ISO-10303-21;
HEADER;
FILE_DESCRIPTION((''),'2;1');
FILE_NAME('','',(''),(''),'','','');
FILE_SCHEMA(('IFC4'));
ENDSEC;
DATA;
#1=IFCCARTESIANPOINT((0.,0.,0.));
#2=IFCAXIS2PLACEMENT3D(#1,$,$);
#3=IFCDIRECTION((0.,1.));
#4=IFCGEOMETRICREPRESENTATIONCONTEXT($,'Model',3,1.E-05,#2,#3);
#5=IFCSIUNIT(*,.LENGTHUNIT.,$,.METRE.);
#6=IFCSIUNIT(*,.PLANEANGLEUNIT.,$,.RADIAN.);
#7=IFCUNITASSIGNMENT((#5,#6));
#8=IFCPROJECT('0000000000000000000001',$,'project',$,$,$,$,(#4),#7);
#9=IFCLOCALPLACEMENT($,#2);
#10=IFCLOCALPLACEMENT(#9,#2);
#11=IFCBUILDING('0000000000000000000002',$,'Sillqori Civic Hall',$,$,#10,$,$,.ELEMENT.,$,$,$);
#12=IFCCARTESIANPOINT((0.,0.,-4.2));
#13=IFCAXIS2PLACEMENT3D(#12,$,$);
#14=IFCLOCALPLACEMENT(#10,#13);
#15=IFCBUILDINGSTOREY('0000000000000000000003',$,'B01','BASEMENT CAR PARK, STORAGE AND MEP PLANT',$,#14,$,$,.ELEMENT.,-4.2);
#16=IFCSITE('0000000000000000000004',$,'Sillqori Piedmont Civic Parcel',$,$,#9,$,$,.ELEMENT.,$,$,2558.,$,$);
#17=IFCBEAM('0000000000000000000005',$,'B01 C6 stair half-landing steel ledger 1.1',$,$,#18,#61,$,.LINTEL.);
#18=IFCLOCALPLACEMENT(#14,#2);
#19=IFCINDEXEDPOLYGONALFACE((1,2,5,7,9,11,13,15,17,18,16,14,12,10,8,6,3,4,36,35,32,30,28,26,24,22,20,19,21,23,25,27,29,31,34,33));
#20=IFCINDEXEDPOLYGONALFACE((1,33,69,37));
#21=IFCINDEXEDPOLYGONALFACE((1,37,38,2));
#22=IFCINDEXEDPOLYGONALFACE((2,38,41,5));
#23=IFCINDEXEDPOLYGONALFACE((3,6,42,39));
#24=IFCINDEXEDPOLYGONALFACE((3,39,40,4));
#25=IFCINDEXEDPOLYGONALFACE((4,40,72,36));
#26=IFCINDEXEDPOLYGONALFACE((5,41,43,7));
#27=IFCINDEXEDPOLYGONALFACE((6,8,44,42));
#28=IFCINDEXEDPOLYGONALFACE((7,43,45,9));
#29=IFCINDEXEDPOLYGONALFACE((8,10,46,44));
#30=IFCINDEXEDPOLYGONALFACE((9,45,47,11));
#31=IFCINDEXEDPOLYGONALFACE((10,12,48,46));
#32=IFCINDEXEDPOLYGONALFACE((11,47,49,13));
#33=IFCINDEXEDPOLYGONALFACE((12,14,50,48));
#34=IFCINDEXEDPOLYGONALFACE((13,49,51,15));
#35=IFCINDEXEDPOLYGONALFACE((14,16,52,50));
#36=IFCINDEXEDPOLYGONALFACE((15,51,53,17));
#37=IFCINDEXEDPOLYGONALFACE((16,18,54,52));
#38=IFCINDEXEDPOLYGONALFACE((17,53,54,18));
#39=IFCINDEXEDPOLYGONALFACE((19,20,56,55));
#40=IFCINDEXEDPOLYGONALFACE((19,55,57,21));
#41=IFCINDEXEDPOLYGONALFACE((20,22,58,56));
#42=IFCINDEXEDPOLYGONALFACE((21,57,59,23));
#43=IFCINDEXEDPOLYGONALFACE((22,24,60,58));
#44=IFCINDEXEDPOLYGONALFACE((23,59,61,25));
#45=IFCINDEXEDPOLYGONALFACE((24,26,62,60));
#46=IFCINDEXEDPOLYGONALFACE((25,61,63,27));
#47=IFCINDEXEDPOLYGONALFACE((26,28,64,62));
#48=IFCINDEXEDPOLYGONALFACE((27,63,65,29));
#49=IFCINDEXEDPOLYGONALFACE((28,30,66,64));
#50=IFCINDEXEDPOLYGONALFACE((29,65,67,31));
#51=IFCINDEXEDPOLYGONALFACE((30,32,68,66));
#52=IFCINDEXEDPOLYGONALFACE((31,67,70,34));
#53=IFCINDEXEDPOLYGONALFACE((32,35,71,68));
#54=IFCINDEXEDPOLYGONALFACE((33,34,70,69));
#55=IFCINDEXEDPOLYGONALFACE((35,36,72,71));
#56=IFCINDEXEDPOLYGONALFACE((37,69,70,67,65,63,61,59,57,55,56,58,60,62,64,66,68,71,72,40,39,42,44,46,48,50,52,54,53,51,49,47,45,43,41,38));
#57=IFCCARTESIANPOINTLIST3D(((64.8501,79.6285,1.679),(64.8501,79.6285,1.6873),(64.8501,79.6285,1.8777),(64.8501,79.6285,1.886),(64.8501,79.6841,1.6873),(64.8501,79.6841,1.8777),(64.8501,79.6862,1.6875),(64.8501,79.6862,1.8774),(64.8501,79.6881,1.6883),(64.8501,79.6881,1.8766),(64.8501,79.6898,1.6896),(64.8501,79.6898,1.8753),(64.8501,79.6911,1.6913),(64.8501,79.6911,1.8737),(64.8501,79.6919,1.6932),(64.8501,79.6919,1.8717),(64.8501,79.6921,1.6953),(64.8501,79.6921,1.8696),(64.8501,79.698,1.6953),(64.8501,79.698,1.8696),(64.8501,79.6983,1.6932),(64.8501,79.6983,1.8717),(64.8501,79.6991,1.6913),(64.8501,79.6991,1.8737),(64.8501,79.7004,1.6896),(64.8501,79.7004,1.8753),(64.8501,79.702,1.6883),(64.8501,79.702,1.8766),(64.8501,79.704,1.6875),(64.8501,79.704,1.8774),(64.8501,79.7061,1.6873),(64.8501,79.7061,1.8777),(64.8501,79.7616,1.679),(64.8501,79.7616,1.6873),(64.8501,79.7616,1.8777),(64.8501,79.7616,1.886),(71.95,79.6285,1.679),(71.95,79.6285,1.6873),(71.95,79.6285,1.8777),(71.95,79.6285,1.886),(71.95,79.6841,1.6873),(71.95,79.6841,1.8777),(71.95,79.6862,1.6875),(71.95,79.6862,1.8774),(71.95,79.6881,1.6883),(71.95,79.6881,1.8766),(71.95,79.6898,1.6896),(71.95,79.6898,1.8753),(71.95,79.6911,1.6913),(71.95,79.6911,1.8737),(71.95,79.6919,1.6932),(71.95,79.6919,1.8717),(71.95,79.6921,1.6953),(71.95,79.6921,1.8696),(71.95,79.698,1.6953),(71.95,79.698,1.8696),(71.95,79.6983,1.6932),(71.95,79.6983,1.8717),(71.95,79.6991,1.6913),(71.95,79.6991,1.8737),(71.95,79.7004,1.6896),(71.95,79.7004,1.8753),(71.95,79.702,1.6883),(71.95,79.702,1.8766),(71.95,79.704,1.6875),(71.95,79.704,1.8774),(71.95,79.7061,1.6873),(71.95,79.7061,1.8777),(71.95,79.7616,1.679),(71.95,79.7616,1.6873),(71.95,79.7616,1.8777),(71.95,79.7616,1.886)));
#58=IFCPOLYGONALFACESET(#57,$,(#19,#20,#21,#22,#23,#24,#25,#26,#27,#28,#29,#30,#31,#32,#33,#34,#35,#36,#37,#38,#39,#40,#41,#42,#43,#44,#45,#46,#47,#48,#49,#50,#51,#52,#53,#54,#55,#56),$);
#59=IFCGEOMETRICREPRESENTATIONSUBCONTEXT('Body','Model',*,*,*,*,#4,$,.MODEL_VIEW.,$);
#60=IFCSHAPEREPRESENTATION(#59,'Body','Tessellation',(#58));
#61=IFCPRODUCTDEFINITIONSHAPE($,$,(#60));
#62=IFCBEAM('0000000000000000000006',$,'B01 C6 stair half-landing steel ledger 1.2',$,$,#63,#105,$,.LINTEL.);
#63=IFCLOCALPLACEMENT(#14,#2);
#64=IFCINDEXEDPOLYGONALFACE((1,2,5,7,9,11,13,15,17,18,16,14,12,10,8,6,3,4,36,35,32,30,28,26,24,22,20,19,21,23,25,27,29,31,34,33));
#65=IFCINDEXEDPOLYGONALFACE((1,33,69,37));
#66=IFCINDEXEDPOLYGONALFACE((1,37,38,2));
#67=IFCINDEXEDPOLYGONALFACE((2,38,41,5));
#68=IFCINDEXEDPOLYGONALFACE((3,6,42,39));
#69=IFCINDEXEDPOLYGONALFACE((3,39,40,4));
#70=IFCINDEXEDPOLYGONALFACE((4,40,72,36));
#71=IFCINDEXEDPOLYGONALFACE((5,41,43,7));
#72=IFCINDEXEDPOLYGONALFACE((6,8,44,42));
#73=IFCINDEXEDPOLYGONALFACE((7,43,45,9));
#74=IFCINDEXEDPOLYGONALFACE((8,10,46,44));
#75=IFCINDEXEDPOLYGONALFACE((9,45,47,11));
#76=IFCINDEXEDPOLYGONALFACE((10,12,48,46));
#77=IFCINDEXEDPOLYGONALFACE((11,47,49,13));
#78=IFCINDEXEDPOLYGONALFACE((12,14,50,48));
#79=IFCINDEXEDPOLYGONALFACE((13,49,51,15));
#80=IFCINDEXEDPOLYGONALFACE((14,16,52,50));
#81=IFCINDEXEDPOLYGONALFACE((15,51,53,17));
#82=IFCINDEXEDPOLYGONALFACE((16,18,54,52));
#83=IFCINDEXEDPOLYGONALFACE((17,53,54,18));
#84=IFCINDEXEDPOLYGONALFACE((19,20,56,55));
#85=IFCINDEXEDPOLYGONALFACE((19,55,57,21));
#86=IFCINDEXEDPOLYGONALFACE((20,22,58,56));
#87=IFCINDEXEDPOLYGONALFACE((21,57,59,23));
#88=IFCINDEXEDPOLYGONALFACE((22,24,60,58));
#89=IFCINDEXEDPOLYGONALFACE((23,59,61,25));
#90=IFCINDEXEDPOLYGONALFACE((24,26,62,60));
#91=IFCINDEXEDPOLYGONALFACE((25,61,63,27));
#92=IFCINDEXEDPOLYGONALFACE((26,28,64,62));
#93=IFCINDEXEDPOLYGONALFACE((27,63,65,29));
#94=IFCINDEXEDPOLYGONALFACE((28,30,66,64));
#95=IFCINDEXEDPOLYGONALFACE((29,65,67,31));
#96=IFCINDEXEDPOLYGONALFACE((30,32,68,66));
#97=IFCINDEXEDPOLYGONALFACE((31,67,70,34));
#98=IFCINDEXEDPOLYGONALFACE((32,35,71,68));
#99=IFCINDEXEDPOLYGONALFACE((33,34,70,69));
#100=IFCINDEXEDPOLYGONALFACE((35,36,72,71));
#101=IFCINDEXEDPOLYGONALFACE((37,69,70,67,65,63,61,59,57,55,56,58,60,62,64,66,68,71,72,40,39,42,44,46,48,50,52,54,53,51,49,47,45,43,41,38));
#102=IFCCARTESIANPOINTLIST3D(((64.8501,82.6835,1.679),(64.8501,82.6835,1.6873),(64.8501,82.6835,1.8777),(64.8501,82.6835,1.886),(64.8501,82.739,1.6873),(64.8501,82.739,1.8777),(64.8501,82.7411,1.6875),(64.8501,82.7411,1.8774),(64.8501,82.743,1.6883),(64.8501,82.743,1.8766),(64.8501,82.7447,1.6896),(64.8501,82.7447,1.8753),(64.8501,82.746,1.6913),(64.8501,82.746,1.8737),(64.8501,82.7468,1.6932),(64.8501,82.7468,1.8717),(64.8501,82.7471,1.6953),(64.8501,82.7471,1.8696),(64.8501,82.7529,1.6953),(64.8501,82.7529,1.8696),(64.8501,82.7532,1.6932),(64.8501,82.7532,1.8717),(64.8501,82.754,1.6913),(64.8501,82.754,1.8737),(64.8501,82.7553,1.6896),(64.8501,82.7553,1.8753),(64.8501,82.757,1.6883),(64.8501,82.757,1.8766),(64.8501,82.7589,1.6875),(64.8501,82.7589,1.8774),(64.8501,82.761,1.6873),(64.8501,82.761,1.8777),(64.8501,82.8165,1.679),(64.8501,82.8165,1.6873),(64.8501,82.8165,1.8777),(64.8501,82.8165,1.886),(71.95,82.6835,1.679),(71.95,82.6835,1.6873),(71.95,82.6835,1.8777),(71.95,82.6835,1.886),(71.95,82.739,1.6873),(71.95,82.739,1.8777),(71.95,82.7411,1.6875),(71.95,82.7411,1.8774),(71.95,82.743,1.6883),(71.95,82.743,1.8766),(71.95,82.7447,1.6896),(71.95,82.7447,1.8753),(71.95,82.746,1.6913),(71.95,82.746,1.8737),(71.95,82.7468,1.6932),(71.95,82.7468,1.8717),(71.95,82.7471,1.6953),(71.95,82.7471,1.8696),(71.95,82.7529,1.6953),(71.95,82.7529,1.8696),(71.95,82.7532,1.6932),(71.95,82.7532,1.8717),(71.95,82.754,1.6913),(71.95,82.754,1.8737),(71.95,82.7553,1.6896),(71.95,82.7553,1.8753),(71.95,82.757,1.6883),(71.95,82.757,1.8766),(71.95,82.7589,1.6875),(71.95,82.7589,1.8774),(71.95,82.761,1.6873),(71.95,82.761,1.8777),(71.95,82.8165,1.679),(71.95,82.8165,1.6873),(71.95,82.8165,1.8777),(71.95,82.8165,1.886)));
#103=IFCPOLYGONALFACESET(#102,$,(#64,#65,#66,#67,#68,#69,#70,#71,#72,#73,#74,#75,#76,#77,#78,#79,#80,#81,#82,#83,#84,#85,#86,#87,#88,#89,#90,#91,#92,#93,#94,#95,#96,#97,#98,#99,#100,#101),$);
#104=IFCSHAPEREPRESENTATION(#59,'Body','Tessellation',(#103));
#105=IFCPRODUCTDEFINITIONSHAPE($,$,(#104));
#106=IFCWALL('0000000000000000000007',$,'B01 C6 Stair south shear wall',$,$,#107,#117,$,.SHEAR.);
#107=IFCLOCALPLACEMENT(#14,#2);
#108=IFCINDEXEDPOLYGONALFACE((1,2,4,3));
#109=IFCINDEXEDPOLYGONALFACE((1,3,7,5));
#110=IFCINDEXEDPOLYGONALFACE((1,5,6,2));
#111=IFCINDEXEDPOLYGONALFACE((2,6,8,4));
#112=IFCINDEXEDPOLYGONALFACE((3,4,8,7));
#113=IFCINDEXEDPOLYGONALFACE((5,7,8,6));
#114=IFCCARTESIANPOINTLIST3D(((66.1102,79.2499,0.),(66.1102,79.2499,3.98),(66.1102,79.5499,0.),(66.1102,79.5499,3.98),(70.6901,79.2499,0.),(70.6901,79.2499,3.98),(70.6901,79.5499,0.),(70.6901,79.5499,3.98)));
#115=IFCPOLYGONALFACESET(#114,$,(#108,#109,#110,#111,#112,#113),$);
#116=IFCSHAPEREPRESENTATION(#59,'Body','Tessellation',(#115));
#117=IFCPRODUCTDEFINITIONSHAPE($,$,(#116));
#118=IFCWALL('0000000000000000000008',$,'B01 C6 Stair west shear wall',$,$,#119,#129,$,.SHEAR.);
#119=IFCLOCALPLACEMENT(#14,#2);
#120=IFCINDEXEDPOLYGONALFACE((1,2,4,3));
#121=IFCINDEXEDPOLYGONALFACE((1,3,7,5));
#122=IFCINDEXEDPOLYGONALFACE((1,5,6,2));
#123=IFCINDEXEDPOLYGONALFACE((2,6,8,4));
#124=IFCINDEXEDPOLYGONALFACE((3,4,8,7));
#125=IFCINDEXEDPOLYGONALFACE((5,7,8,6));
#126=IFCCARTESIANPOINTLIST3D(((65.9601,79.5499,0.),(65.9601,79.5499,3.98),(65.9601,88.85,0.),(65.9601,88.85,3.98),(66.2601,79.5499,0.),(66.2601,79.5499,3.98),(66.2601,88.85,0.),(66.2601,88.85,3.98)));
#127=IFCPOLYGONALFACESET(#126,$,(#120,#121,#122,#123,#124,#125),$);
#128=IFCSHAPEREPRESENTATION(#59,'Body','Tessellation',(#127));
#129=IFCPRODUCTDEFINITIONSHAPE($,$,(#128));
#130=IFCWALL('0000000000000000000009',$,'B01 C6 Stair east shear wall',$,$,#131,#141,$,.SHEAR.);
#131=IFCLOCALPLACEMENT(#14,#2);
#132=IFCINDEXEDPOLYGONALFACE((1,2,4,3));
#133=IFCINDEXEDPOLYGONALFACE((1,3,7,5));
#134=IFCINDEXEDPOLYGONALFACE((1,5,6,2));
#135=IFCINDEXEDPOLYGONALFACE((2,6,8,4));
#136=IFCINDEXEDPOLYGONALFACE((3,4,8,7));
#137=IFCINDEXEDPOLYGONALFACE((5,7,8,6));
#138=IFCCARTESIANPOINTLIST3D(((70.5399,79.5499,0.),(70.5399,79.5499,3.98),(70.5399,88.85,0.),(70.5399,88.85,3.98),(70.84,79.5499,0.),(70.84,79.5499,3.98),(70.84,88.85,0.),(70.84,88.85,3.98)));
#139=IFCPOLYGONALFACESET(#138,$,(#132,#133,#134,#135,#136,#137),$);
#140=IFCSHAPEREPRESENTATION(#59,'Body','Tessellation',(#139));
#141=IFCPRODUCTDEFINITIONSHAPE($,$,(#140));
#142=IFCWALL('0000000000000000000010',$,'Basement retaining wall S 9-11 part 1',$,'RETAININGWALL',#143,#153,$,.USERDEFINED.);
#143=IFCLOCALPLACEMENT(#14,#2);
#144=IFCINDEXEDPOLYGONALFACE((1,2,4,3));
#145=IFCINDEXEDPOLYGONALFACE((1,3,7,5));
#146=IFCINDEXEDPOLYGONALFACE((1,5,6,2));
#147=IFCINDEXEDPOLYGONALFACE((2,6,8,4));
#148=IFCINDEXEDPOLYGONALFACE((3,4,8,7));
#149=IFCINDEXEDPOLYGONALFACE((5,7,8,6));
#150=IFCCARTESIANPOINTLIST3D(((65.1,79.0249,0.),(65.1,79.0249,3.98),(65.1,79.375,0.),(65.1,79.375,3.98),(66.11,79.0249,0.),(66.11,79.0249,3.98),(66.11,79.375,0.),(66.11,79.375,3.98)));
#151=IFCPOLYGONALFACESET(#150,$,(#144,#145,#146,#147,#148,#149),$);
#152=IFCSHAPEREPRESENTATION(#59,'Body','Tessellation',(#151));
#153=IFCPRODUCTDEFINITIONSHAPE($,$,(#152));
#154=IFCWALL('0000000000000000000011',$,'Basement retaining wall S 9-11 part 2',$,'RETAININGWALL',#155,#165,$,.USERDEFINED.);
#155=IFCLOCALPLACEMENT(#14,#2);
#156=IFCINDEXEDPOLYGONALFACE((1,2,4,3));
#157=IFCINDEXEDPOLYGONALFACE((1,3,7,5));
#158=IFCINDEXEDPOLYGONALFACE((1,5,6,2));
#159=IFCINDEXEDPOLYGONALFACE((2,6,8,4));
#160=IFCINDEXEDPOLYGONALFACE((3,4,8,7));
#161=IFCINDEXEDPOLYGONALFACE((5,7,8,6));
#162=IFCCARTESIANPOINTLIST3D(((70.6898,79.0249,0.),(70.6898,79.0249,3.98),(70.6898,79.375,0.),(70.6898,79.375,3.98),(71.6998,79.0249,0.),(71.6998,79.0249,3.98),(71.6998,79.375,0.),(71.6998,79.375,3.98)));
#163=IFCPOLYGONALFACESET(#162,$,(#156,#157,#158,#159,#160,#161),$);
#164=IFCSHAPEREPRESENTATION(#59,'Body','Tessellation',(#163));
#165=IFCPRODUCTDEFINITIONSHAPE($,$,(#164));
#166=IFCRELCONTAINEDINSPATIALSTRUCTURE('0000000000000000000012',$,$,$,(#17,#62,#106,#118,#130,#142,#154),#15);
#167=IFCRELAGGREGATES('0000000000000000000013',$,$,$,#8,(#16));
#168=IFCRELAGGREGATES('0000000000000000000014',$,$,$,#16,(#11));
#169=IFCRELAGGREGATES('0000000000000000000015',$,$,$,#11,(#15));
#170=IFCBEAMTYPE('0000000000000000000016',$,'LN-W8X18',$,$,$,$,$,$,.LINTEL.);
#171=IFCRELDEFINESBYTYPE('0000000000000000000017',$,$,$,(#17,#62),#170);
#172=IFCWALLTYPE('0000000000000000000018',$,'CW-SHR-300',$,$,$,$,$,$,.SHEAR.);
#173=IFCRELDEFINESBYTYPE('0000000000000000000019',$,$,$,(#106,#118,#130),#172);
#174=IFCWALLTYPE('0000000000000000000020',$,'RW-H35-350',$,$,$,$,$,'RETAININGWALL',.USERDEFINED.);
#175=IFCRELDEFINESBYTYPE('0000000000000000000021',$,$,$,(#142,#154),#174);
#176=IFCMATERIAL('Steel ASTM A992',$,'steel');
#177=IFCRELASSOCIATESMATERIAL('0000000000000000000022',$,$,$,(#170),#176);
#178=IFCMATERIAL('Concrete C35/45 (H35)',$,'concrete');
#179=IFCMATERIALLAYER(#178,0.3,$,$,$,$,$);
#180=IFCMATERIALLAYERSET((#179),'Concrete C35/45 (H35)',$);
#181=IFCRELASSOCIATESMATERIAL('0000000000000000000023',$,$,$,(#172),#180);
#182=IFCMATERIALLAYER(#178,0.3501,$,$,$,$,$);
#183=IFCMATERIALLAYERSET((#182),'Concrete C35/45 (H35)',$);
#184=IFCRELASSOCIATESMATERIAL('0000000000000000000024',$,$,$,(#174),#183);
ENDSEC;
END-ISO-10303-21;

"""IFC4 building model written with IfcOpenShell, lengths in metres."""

from ifc_helpers import new_model, si_unit, direction, frame, frame_2d, origin, origin_2d, place, context, subcontext, project, spatial, rectangle, i_section, extrude, material, layer, layer_set, material_profile, profile_set, type_object, element, save


model = new_model("IFC4")

# Units and contexts
model_context = context("Model", 3, precision=1e-05, world=origin(), true_north=direction((0.0, 1.0)))
body_context = subcontext(model_context, "Body", "Model", "MODEL_VIEW")
ifc_project = project(units=[si_unit("LENGTHUNIT", "METRE"), si_unit("PLANEANGLEUNIT", "RADIAN")], contexts=[model_context])

# Site, building, storey
site_placement = place(None, origin())
site = spatial("IfcSite", under=ifc_project, at=site_placement, Name="Sillqori Piedmont Civic Parcel", CompositionType="ELEMENT", RefElevation=2558.0)
building_placement = place(site_placement, origin())
building = spatial("IfcBuilding", under=site, at=building_placement, Name="Sillqori Civic Hall", CompositionType="ELEMENT")
storey_placement = place(building_placement, frame((0.0, 0.0, -4.2)))
storey = spatial("IfcBuildingStorey", under=building, at=storey_placement, Name="B01", Description="BASEMENT CAR PARK, STORAGE AND MEP PLANT", CompositionType="ELEMENT", Elevation=-4.2)

# Shared definitions
ifc_material_1 = material(Name="Concrete C35/45 (H35)", Category="concrete")

# Beams
ifc_material_2 = material(Name="Steel ASTM A992", Category="steel")
ifc_material_profile_1 = material_profile(ifc_material_2, i_section(OverallWidth=0.1331, OverallDepth=0.207, WebThickness=0.0059, FlangeThickness=0.0083, FilletRadius=0.0081, at=origin_2d()), Name="W8X18")
ifc_profile_set_1 = profile_set([ifc_material_profile_1], Name="Steel ASTM A992")
beam_type_1 = type_object("IfcBeamType", Name="LN-W8X18", PredefinedType="LINTEL", material=ifc_profile_set_1)
for number, where, z_axis, x_axis, name in (
    (1, (64.8501, 79.6951, 1.7825), (1.0, 0.0, 0.0), (0.0, 1.0, 0.0), "B01 C6 stair half-landing steel ledger 1.1"),
    (2, (64.8501, 82.75, 1.7825), (1.0, 0.0, 0.0), (0.0, 1.0, 0.0), "B01 C6 stair half-landing steel ledger 1.2"),
):
    element("IfcBeam", number, at=place(storey_placement, frame(where, z_axis=z_axis, x_axis=x_axis)), inside=storey, type_object=beam_type_1, Name=name, PredefinedType="LINTEL", context=body_context, shape_type="SweptSolid", body=[
        extrude(i_section(OverallWidth=0.1331, OverallDepth=0.207, WebThickness=0.0059, FlangeThickness=0.0083, FilletRadius=0.0081, at=origin_2d()), origin(), (0.0, 0.0, 1.0), 7.0999),
    ])

# Walls
ifc_layer_1 = layer(ifc_material_1, 0.3)
ifc_layer_set_1 = layer_set([ifc_layer_1], Name="Concrete C35/45 (H35)")
wall_type_1 = type_object("IfcWallType", Name="CW-SHR-300", PredefinedType="SHEAR", material=ifc_layer_set_1)
wall_placement = place(storey_placement, frame((66.1101, 79.3999, 0.0), z_axis=(0.0, 0.0, 1.0), x_axis=(1.0, 0.0, 0.0)))
element("IfcWall", 3, at=wall_placement, inside=storey, type_object=wall_type_1, Name="B01 C6 Stair south shear wall", PredefinedType="SHEAR", context=body_context, shape_type="SweptSolid", body=[
    extrude(rectangle(XDim=4.5798, YDim=0.3, at=frame_2d((2.29, 0.0))), origin(), (0.0, 0.0, 1.0), 3.98),
])
for number, where, z_axis, x_axis, name in (
    (4, (66.1101, 79.55, 0.0), (0.0, 0.0, 1.0), (0.0, 1.0, 0.0), "B01 C6 Stair west shear wall"),
    (5, (70.6899, 79.55, 0.0), (0.0, 0.0, 1.0), (0.0, 1.0, 0.0), "B01 C6 Stair east shear wall"),
):
    element("IfcWall", number, at=place(storey_placement, frame(where, z_axis=z_axis, x_axis=x_axis)), inside=storey, type_object=wall_type_1, Name=name, PredefinedType="SHEAR", context=body_context, shape_type="SweptSolid", body=[
        extrude(rectangle(XDim=9.3, YDim=0.3, at=frame_2d((4.6499, 0.0))), origin(), (0.0, 0.0, 1.0), 3.98),
    ])
ifc_layer_2 = layer(ifc_material_1, 0.3501)
ifc_layer_set_2 = layer_set([ifc_layer_2], Name="Concrete C35/45 (H35)")
wall_type_2 = type_object("IfcWallType", Name="RW-H35-350", ElementType="RETAININGWALL", PredefinedType="USERDEFINED", material=ifc_layer_set_2)
for number, where, z_axis, x_axis, name in (
    (6, (65.1001, 79.2, 0.0), (0.0, 0.0, 1.0), (1.0, 0.0, 0.0), "Basement retaining wall S 9-11 part 1"),
    (7, (70.6899, 79.2, 0.0), (0.0, 0.0, 1.0), (1.0, 0.0, 0.0), "Basement retaining wall S 9-11 part 2"),
):
    element("IfcWall", number, at=place(storey_placement, frame(where, z_axis=z_axis, x_axis=x_axis)), inside=storey, type_object=wall_type_2, Name=name, ObjectType="RETAININGWALL", PredefinedType="USERDEFINED", context=body_context, shape_type="SweptSolid", body=[
        extrude(rectangle(XDim=1.01, YDim=0.3501, at=frame_2d((0.5049, 0.0))), origin(), (0.0, 0.0, 1.0), 3.98),
    ])

save(model, "model.ifc")
